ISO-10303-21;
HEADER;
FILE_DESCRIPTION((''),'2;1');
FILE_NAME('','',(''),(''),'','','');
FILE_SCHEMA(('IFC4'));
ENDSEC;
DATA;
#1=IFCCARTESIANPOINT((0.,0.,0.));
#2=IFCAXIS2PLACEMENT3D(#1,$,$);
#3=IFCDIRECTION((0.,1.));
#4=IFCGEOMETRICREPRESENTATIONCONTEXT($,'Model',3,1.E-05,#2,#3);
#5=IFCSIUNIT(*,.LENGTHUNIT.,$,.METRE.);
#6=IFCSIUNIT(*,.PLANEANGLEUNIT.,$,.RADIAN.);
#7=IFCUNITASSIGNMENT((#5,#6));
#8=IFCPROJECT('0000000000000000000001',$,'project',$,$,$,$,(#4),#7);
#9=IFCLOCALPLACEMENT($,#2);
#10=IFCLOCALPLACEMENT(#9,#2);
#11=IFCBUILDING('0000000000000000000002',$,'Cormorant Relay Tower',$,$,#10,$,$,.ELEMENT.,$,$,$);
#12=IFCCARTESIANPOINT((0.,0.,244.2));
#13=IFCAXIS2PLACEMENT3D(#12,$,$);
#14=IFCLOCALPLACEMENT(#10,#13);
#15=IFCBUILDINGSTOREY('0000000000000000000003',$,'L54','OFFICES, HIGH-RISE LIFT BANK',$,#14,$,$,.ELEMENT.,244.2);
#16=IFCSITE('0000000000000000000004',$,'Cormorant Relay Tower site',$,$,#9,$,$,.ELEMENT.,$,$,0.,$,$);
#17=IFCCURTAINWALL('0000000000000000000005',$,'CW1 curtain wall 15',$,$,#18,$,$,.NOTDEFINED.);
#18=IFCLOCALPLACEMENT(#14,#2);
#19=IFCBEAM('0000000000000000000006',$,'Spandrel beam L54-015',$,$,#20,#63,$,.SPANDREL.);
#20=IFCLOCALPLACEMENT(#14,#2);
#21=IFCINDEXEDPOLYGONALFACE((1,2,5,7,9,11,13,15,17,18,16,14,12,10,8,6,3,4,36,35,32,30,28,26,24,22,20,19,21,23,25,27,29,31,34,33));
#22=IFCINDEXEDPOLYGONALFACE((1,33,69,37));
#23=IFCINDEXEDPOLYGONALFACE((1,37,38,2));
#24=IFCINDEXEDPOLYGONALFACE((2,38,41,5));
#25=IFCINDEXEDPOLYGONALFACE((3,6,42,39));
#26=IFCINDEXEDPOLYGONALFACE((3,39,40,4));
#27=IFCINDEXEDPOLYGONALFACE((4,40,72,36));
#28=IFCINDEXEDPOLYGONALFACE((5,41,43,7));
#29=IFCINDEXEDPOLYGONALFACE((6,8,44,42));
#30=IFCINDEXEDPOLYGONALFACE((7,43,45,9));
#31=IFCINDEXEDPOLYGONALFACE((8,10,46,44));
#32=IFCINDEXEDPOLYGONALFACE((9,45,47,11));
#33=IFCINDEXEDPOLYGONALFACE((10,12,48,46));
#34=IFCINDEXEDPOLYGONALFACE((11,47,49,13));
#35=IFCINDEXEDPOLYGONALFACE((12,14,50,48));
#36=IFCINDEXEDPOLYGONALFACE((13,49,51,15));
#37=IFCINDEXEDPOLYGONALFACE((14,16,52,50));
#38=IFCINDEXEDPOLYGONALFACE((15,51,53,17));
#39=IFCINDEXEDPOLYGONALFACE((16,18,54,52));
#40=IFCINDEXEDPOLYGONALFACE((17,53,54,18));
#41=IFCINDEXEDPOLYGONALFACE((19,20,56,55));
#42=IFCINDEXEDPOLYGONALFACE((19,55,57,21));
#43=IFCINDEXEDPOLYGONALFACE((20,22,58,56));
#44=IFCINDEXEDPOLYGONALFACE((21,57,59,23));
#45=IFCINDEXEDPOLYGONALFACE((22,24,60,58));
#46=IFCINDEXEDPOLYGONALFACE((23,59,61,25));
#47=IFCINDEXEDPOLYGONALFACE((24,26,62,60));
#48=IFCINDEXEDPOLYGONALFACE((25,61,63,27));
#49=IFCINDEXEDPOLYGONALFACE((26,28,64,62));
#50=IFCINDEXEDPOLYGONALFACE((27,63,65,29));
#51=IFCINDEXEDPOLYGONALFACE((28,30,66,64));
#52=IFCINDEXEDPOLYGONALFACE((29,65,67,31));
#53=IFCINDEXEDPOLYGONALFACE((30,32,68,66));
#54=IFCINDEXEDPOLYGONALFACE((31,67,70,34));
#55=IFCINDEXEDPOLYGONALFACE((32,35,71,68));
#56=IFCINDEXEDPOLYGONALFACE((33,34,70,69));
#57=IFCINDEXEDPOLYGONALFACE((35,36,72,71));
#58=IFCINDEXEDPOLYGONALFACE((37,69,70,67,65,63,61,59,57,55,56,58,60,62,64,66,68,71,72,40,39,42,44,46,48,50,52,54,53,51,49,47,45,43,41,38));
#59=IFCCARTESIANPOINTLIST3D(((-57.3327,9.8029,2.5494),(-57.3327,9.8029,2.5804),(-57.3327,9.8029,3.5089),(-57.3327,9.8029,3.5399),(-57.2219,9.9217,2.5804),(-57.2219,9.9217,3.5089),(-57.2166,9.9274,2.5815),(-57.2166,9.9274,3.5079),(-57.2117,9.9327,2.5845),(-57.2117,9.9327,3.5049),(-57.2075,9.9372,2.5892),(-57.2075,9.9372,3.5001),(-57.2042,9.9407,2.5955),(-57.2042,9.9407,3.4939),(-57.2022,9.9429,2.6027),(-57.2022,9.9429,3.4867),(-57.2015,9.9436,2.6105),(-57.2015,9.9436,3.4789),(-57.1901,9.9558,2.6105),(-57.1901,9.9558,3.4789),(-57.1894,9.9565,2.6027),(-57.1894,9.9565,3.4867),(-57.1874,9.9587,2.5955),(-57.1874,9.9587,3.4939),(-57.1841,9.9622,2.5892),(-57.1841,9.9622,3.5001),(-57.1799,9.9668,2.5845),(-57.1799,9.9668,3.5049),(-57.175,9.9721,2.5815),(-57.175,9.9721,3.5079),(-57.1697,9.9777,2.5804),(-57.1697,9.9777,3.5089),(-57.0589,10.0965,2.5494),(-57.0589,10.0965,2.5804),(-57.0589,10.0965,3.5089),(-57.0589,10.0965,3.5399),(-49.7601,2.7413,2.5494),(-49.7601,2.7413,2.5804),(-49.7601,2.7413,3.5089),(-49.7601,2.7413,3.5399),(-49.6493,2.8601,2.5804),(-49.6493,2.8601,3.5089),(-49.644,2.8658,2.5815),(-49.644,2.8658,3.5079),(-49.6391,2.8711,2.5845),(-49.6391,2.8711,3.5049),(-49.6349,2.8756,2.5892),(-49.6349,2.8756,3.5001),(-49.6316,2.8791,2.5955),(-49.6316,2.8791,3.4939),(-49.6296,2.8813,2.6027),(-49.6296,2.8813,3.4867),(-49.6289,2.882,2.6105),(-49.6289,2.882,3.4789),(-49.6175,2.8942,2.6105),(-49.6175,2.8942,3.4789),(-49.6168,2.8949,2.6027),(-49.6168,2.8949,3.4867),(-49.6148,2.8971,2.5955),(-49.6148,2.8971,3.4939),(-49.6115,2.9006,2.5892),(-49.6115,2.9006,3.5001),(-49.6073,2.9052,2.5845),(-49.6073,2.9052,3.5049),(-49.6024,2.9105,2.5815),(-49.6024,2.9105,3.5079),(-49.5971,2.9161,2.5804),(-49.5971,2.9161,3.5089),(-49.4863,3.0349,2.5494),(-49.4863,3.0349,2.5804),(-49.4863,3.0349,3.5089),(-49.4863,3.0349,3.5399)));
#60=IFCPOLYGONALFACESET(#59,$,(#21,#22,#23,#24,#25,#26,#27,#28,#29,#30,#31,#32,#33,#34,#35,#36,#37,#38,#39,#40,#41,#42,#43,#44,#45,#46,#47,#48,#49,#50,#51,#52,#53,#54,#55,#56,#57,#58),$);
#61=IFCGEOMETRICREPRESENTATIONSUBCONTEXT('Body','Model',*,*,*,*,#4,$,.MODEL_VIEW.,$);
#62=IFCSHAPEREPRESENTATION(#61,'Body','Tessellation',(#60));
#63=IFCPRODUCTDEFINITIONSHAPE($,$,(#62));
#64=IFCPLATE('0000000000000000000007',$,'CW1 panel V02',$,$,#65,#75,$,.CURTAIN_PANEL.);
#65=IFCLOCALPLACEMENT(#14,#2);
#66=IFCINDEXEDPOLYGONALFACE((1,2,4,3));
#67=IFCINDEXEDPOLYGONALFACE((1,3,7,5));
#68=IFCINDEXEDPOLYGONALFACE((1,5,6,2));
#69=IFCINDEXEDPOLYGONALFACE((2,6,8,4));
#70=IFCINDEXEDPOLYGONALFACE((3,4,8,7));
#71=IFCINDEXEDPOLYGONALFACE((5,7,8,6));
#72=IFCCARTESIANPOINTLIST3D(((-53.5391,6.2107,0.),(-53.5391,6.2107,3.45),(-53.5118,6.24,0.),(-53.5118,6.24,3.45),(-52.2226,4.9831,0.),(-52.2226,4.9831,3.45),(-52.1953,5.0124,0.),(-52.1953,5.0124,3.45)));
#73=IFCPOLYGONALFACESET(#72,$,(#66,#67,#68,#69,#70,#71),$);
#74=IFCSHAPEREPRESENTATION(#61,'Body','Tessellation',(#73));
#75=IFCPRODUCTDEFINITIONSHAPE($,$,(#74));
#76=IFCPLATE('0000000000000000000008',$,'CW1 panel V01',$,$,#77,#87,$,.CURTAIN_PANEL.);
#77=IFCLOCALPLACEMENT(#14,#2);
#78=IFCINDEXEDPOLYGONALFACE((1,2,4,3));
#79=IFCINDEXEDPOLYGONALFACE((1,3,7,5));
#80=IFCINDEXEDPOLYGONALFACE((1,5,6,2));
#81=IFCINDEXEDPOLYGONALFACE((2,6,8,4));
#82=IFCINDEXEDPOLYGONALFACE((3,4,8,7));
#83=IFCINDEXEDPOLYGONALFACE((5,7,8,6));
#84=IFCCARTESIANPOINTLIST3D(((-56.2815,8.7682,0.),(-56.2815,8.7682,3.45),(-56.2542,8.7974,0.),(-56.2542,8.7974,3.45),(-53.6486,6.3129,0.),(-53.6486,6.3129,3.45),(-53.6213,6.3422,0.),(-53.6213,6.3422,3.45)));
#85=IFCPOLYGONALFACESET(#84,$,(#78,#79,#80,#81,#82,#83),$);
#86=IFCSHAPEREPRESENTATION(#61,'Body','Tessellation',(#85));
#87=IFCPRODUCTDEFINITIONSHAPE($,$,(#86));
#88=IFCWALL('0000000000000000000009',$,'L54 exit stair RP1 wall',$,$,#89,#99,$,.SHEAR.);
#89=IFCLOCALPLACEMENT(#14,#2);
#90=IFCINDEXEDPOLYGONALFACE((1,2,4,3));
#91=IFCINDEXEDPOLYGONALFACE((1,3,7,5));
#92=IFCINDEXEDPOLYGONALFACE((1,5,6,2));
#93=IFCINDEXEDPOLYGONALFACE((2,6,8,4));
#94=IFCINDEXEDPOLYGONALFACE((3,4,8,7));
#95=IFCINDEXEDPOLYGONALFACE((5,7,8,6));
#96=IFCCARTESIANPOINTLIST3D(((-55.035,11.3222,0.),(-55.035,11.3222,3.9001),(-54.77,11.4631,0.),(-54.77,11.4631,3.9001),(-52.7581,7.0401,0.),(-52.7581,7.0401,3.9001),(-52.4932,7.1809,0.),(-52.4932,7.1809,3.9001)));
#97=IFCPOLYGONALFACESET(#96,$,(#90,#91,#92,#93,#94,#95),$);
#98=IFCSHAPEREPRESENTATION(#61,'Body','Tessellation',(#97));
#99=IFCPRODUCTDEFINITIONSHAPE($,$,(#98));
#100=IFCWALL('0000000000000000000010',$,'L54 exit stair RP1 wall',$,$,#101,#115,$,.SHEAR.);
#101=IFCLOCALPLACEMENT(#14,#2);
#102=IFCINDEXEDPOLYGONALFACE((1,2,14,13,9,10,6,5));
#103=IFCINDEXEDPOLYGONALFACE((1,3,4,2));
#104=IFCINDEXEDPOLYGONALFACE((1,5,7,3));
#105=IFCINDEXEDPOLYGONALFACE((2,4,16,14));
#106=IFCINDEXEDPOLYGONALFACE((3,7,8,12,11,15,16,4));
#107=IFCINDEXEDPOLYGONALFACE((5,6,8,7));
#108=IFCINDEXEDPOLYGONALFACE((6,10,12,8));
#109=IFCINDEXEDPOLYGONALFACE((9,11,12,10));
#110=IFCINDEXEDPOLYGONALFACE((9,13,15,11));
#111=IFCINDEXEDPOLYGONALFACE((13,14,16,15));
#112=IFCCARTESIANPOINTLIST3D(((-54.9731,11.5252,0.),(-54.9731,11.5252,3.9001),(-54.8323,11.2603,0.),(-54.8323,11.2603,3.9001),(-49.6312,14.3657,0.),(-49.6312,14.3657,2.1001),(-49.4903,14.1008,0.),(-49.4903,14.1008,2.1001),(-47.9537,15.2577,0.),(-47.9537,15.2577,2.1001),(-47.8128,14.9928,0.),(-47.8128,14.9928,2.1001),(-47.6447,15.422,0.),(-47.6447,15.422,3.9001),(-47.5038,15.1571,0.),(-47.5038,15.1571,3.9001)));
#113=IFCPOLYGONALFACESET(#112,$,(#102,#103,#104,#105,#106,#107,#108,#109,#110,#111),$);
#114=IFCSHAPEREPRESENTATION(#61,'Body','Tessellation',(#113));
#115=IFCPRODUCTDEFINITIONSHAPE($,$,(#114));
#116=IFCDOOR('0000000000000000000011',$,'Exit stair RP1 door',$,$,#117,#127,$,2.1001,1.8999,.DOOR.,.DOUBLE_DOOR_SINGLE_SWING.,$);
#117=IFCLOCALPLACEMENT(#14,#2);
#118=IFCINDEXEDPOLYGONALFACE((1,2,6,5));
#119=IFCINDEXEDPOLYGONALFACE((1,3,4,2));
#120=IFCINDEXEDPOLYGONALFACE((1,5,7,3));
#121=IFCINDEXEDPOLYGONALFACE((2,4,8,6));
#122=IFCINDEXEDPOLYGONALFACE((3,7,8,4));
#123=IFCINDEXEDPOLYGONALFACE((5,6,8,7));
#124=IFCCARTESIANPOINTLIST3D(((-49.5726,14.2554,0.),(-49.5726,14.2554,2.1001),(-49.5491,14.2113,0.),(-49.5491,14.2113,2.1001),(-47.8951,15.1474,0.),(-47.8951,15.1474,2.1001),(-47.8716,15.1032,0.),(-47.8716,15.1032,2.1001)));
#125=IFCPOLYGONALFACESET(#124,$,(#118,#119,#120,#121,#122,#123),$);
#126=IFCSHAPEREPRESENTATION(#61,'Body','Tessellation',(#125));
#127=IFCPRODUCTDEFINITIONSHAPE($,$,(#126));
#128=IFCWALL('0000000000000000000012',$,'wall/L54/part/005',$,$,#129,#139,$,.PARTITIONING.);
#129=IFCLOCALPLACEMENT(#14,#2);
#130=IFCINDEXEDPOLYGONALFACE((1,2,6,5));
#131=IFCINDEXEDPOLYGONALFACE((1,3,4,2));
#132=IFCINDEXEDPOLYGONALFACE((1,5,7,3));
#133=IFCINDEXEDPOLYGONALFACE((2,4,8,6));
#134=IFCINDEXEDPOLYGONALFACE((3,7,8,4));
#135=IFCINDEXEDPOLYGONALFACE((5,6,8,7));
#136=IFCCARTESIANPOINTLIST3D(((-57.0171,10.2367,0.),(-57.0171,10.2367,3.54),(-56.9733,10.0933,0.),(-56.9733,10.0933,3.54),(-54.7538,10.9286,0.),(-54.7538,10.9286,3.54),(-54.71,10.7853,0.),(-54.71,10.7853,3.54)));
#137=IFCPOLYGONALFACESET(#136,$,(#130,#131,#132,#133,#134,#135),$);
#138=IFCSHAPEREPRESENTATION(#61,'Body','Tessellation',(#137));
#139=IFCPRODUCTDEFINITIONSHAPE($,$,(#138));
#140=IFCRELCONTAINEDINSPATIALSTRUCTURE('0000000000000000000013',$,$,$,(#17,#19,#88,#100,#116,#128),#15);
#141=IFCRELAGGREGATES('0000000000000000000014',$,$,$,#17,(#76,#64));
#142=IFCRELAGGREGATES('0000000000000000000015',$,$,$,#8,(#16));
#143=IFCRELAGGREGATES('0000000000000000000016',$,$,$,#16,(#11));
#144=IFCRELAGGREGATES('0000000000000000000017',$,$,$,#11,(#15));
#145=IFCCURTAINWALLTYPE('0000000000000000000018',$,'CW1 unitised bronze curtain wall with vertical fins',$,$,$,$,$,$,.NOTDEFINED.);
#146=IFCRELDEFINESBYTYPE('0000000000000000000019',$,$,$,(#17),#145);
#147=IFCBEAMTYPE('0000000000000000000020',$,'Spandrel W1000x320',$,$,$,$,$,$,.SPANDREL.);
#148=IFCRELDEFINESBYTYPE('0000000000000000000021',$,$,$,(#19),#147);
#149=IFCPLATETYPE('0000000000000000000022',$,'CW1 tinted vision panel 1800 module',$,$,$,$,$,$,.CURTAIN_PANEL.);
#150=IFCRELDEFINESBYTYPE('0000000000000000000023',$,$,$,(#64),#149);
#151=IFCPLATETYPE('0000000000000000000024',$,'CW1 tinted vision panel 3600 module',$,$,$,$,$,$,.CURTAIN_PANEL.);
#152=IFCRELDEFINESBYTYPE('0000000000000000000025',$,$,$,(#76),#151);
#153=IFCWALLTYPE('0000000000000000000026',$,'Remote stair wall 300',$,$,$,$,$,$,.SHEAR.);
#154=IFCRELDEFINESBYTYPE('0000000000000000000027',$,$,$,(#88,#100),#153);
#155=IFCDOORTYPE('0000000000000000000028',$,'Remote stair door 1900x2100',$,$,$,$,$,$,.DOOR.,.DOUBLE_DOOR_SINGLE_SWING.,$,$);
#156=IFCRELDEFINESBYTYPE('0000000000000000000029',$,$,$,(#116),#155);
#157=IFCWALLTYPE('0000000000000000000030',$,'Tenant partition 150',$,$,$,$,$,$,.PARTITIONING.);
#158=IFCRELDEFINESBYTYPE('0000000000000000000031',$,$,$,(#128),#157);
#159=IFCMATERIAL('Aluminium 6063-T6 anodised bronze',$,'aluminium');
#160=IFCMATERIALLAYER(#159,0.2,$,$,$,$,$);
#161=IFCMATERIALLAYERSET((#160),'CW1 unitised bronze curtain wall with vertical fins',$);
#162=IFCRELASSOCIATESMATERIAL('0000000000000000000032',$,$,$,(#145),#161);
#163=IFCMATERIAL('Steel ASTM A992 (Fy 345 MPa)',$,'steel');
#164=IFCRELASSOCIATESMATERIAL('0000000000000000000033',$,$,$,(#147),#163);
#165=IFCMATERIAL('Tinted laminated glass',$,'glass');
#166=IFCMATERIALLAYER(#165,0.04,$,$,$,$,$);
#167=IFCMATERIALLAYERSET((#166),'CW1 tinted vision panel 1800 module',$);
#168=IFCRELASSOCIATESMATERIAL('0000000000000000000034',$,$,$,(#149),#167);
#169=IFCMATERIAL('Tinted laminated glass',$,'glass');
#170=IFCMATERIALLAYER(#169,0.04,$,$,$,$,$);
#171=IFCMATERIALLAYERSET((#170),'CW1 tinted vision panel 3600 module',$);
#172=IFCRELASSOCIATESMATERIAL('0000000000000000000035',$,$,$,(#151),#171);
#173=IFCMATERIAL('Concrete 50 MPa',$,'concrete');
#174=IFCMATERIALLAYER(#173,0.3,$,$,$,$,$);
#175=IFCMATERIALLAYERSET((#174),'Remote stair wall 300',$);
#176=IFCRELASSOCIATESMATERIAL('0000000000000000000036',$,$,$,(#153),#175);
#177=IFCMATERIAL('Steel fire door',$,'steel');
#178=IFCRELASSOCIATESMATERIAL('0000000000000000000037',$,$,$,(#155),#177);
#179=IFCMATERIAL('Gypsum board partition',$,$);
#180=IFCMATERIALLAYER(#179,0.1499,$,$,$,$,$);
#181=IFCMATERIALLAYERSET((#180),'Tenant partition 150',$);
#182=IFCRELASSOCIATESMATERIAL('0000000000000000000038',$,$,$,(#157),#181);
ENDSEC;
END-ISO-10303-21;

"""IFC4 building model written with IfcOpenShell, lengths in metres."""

from ifc_helpers import new_model, si_unit, direction, frame, frame_2d, origin, origin_2d, place, context, subcontext, project, spatial, rectangle, i_section, extrude, material, layer, layer_set, material_profile, profile_set, type_object, element, fill, aggregate, save


model = new_model("IFC4")

# Units and contexts
model_context = context("Model", 3, precision=1e-05, world=origin(), true_north=direction((0.0, 1.0)))
body_context = subcontext(model_context, "Body", "Model", "MODEL_VIEW")
ifc_project = project(units=[si_unit("LENGTHUNIT", "METRE"), si_unit("PLANEANGLEUNIT", "RADIAN")], contexts=[model_context])

# Site, building, storey
site_placement = place(None, origin())
site = spatial("IfcSite", under=ifc_project, at=site_placement, Name="Cormorant Relay Tower site", CompositionType="ELEMENT", RefElevation=0.0)
building_placement = place(site_placement, origin())
building = spatial("IfcBuilding", under=site, at=building_placement, Name="Cormorant Relay Tower", CompositionType="ELEMENT")
storey_placement = place(building_placement, frame((0.0, 0.0, 244.2)))
storey = spatial("IfcBuildingStorey", under=building, at=storey_placement, Name="L54", Description="OFFICES, HIGH-RISE LIFT BANK", CompositionType="ELEMENT", Elevation=244.2)

# Curtain wall
ifc_material_1 = material(Name="Aluminium 6063-T6 anodised bronze", Category="aluminium")
ifc_layer_1 = layer(ifc_material_1, 0.2)
ifc_layer_set_1 = layer_set([ifc_layer_1], Name="CW1 unitised bronze curtain wall with vertical fins")
curtain_wall_type = type_object("IfcCurtainWallType", Name="CW1 unitised bronze curtain wall with vertical fins", PredefinedType="NOTDEFINED", material=ifc_layer_set_1)
curtain_wall_1_placement = place(storey_placement, origin())
curtain_wall_1 = element("IfcCurtainWall", 1, at=curtain_wall_1_placement, inside=storey, type_object=curtain_wall_type, Name="CW1 curtain wall 15", PredefinedType="NOTDEFINED")

# Beam
ifc_material_2 = material(Name="Steel ASTM A992 (Fy 345 MPa)", Category="steel")
ifc_material_profile_1 = material_profile(ifc_material_2, i_section(OverallWidth=0.4014, OverallDepth=0.9905, WebThickness=0.0166, FlangeThickness=0.031, FilletRadius=0.03, at=origin_2d()), Name="W1000x320")
ifc_profile_set_1 = profile_set([ifc_material_profile_1], Name="Steel ASTM A992 (Fy 345 MPa)")
beam_type = type_object("IfcBeamType", Name="Spandrel W1000x320", PredefinedType="SPANDREL", material=ifc_profile_set_1)
beam_placement = place(storey_placement, frame((-57.1958, 9.9497, 3.0447), z_axis=(0.731352, -0.682001, 0.0), x_axis=(0.682001, 0.731352, 0.0)))
element("IfcBeam", 2, at=beam_placement, inside=storey, type_object=beam_type, Name="Spandrel beam L54-015", PredefinedType="SPANDREL", context=body_context, shape_type="SweptSolid", body=[
    extrude(i_section(OverallWidth=0.4014, OverallDepth=0.9905, WebThickness=0.0166, FlangeThickness=0.031, FilletRadius=0.03, at=origin_2d()), origin(), (0.0, 0.0, 1.0), 10.3542),
])

# Plates
ifc_material_3 = material(Name="Tinted laminated glass", Category="glass")
ifc_layer_2 = layer(ifc_material_3, 0.04)
ifc_layer_set_2 = layer_set([ifc_layer_2], Name="CW1 tinted vision panel 1800 module")
plate_type_1 = type_object("IfcPlateType", Name="CW1 tinted vision panel 1800 module", PredefinedType="CURTAIN_PANEL", material=ifc_layer_set_2)
plate_1_placement = place(storey_placement, frame((-52.8672, 5.6116, 0.0), z_axis=(0.0, 0.0, 1.0), x_axis=(0.731354, -0.681998, 0.0)))
plate_1 = element("IfcPlate", 3, at=plate_1_placement, type_object=plate_type_1, Name="CW1 panel V02", PredefinedType="CURTAIN_PANEL", context=body_context, shape_type="SweptSolid", body=[
    extrude(rectangle(XDim=1.8, YDim=0.04, at=origin_2d()), origin(), (0.0, 0.0, 1.0), 3.45),
])
ifc_material_4 = material(Name="Tinted laminated glass", Category="glass")
ifc_layer_3 = layer(ifc_material_4, 0.04)
ifc_layer_set_3 = layer_set([ifc_layer_3], Name="CW1 tinted vision panel 3600 module")
plate_type_2 = type_object("IfcPlateType", Name="CW1 tinted vision panel 3600 module", PredefinedType="CURTAIN_PANEL", material=ifc_layer_set_3)
plate_2_placement = place(storey_placement, frame((-54.9514, 7.5552, 0.0), z_axis=(0.0, 0.0, 1.0), x_axis=(0.731354, -0.681998, 0.0)))
plate_2 = element("IfcPlate", 4, at=plate_2_placement, type_object=plate_type_2, Name="CW1 panel V01", PredefinedType="CURTAIN_PANEL", context=body_context, shape_type="SweptSolid", body=[
    extrude(rectangle(XDim=3.6001, YDim=0.04, at=origin_2d()), origin(), (0.0, 0.0, 1.0), 3.45),
])

# Wall
ifc_material_5 = material(Name="Concrete 50 MPa", Category="concrete")
ifc_layer_4 = layer(ifc_material_5, 0.3)
ifc_layer_set_4 = layer_set([ifc_layer_4], Name="Remote stair wall 300")
wall_type_1 = type_object("IfcWallType", Name="Remote stair wall 300", PredefinedType="SHEAR", material=ifc_layer_set_4)
wall_1_placement = place(storey_placement, frame((-52.6257, 7.1106, 0.0), z_axis=(0.0, 0.0, 1.0), x_axis=(-0.469464, 0.882951, 0.0)))
element("IfcWall", 5, at=wall_1_placement, inside=storey, type_object=wall_type_1, Name="L54 exit stair RP1 wall", PredefinedType="SHEAR", context=body_context, shape_type="SweptSolid", body=[
    extrude(rectangle(XDim=4.8499, YDim=0.3, at=frame_2d((2.4248, 0.0))), origin(), (0.0, 0.0, 1.0), 3.9001),
])

# Wall, opening, door
wall_2_placement = place(storey_placement, frame((-54.9026, 11.3928, 0.0), z_axis=(0.0, 0.0, 1.0), x_axis=(0.882939, 0.469487, 0.0)))
wall_2 = element("IfcWall", 6, at=wall_2_placement, inside=storey, type_object=wall_type_1, Name="L54 exit stair RP1 wall", PredefinedType="SHEAR", context=body_context, shape_type="SweptSolid", body=[
    extrude(rectangle(XDim=8.3, YDim=0.3, at=frame_2d((4.1499, 0.0))), origin(), (0.0, 0.0, 1.0), 3.9001),
])
opening_placement = place(wall_2_placement, frame((6.05, 0.0, 0.0)))
opening = element("IfcOpeningElement", 7, at=opening_placement, cuts=wall_2, PredefinedType="OPENING", context=body_context, shape_type="SweptSolid", body=[
    extrude(rectangle(XDim=1.8999, YDim=2.1001, at=frame_2d((0.95, 1.05))), frame((0.0, 0.1599, 0.0), z_axis=(0.0, -1.0, 0.0), x_axis=(1.0, 0.0, 0.0)), (0.0, 0.0, 1.0), 0.3201),
])
ifc_material_6 = material(Name="Steel fire door", Category="steel")
door_type = type_object("IfcDoorType", Name="Remote stair door 1900x2100", OperationType="DOUBLE_DOOR_SINGLE_SWING", PredefinedType="DOOR", material=ifc_material_6)
door_placement = place(opening_placement, frame((1.8999, 0.0, 0.0), z_axis=(0.0, 0.0, 1.0), x_axis=(-1.0, 0.0, 0.0)))
door = element("IfcDoor", 8, at=door_placement, inside=storey, type_object=door_type, Name="Exit stair RP1 door", OperationType="DOUBLE_DOOR_SINGLE_SWING", OverallHeight=2.1001, OverallWidth=1.8999, PredefinedType="DOOR", context=body_context, shape_type="SweptSolid", body=[
    extrude(rectangle(XDim=1.8999, YDim=2.1001, at=frame_2d((0.95, 1.05))), frame((0.0, 0.0249, 0.0), z_axis=(0.0, -1.0, 0.0), x_axis=(1.0, 0.0, 0.0)), (0.0, 0.0, 1.0), 0.05),
])
fill(opening, door)

# Wall
ifc_material_7 = material(Name="Gypsum board partition")
ifc_layer_5 = layer(ifc_material_7, 0.1499)
ifc_layer_set_5 = layer_set([ifc_layer_5], Name="Tenant partition 150")
wall_type_2 = type_object("IfcWallType", Name="Tenant partition 150", PredefinedType="PARTITIONING", material=ifc_layer_set_5)
wall_3_placement = place(storey_placement, frame((-54.7319, 10.8569, 0.0), z_axis=(0.0, 0.0, 1.0), x_axis=(-0.956308, -0.29236, 0.0)))
element("IfcWall", 9, at=wall_3_placement, inside=storey, type_object=wall_type_2, Name="wall/L54/part/005", PredefinedType="PARTITIONING", context=body_context, shape_type="SweptSolid", body=[
    extrude(rectangle(XDim=2.3667, YDim=0.1499, at=frame_2d((1.1833, 0.0))), origin(), (0.0, 0.0, 1.0), 3.54),
])

aggregate(curtain_wall_1, [plate_2, plate_1])

save(model, "model.ifc")
